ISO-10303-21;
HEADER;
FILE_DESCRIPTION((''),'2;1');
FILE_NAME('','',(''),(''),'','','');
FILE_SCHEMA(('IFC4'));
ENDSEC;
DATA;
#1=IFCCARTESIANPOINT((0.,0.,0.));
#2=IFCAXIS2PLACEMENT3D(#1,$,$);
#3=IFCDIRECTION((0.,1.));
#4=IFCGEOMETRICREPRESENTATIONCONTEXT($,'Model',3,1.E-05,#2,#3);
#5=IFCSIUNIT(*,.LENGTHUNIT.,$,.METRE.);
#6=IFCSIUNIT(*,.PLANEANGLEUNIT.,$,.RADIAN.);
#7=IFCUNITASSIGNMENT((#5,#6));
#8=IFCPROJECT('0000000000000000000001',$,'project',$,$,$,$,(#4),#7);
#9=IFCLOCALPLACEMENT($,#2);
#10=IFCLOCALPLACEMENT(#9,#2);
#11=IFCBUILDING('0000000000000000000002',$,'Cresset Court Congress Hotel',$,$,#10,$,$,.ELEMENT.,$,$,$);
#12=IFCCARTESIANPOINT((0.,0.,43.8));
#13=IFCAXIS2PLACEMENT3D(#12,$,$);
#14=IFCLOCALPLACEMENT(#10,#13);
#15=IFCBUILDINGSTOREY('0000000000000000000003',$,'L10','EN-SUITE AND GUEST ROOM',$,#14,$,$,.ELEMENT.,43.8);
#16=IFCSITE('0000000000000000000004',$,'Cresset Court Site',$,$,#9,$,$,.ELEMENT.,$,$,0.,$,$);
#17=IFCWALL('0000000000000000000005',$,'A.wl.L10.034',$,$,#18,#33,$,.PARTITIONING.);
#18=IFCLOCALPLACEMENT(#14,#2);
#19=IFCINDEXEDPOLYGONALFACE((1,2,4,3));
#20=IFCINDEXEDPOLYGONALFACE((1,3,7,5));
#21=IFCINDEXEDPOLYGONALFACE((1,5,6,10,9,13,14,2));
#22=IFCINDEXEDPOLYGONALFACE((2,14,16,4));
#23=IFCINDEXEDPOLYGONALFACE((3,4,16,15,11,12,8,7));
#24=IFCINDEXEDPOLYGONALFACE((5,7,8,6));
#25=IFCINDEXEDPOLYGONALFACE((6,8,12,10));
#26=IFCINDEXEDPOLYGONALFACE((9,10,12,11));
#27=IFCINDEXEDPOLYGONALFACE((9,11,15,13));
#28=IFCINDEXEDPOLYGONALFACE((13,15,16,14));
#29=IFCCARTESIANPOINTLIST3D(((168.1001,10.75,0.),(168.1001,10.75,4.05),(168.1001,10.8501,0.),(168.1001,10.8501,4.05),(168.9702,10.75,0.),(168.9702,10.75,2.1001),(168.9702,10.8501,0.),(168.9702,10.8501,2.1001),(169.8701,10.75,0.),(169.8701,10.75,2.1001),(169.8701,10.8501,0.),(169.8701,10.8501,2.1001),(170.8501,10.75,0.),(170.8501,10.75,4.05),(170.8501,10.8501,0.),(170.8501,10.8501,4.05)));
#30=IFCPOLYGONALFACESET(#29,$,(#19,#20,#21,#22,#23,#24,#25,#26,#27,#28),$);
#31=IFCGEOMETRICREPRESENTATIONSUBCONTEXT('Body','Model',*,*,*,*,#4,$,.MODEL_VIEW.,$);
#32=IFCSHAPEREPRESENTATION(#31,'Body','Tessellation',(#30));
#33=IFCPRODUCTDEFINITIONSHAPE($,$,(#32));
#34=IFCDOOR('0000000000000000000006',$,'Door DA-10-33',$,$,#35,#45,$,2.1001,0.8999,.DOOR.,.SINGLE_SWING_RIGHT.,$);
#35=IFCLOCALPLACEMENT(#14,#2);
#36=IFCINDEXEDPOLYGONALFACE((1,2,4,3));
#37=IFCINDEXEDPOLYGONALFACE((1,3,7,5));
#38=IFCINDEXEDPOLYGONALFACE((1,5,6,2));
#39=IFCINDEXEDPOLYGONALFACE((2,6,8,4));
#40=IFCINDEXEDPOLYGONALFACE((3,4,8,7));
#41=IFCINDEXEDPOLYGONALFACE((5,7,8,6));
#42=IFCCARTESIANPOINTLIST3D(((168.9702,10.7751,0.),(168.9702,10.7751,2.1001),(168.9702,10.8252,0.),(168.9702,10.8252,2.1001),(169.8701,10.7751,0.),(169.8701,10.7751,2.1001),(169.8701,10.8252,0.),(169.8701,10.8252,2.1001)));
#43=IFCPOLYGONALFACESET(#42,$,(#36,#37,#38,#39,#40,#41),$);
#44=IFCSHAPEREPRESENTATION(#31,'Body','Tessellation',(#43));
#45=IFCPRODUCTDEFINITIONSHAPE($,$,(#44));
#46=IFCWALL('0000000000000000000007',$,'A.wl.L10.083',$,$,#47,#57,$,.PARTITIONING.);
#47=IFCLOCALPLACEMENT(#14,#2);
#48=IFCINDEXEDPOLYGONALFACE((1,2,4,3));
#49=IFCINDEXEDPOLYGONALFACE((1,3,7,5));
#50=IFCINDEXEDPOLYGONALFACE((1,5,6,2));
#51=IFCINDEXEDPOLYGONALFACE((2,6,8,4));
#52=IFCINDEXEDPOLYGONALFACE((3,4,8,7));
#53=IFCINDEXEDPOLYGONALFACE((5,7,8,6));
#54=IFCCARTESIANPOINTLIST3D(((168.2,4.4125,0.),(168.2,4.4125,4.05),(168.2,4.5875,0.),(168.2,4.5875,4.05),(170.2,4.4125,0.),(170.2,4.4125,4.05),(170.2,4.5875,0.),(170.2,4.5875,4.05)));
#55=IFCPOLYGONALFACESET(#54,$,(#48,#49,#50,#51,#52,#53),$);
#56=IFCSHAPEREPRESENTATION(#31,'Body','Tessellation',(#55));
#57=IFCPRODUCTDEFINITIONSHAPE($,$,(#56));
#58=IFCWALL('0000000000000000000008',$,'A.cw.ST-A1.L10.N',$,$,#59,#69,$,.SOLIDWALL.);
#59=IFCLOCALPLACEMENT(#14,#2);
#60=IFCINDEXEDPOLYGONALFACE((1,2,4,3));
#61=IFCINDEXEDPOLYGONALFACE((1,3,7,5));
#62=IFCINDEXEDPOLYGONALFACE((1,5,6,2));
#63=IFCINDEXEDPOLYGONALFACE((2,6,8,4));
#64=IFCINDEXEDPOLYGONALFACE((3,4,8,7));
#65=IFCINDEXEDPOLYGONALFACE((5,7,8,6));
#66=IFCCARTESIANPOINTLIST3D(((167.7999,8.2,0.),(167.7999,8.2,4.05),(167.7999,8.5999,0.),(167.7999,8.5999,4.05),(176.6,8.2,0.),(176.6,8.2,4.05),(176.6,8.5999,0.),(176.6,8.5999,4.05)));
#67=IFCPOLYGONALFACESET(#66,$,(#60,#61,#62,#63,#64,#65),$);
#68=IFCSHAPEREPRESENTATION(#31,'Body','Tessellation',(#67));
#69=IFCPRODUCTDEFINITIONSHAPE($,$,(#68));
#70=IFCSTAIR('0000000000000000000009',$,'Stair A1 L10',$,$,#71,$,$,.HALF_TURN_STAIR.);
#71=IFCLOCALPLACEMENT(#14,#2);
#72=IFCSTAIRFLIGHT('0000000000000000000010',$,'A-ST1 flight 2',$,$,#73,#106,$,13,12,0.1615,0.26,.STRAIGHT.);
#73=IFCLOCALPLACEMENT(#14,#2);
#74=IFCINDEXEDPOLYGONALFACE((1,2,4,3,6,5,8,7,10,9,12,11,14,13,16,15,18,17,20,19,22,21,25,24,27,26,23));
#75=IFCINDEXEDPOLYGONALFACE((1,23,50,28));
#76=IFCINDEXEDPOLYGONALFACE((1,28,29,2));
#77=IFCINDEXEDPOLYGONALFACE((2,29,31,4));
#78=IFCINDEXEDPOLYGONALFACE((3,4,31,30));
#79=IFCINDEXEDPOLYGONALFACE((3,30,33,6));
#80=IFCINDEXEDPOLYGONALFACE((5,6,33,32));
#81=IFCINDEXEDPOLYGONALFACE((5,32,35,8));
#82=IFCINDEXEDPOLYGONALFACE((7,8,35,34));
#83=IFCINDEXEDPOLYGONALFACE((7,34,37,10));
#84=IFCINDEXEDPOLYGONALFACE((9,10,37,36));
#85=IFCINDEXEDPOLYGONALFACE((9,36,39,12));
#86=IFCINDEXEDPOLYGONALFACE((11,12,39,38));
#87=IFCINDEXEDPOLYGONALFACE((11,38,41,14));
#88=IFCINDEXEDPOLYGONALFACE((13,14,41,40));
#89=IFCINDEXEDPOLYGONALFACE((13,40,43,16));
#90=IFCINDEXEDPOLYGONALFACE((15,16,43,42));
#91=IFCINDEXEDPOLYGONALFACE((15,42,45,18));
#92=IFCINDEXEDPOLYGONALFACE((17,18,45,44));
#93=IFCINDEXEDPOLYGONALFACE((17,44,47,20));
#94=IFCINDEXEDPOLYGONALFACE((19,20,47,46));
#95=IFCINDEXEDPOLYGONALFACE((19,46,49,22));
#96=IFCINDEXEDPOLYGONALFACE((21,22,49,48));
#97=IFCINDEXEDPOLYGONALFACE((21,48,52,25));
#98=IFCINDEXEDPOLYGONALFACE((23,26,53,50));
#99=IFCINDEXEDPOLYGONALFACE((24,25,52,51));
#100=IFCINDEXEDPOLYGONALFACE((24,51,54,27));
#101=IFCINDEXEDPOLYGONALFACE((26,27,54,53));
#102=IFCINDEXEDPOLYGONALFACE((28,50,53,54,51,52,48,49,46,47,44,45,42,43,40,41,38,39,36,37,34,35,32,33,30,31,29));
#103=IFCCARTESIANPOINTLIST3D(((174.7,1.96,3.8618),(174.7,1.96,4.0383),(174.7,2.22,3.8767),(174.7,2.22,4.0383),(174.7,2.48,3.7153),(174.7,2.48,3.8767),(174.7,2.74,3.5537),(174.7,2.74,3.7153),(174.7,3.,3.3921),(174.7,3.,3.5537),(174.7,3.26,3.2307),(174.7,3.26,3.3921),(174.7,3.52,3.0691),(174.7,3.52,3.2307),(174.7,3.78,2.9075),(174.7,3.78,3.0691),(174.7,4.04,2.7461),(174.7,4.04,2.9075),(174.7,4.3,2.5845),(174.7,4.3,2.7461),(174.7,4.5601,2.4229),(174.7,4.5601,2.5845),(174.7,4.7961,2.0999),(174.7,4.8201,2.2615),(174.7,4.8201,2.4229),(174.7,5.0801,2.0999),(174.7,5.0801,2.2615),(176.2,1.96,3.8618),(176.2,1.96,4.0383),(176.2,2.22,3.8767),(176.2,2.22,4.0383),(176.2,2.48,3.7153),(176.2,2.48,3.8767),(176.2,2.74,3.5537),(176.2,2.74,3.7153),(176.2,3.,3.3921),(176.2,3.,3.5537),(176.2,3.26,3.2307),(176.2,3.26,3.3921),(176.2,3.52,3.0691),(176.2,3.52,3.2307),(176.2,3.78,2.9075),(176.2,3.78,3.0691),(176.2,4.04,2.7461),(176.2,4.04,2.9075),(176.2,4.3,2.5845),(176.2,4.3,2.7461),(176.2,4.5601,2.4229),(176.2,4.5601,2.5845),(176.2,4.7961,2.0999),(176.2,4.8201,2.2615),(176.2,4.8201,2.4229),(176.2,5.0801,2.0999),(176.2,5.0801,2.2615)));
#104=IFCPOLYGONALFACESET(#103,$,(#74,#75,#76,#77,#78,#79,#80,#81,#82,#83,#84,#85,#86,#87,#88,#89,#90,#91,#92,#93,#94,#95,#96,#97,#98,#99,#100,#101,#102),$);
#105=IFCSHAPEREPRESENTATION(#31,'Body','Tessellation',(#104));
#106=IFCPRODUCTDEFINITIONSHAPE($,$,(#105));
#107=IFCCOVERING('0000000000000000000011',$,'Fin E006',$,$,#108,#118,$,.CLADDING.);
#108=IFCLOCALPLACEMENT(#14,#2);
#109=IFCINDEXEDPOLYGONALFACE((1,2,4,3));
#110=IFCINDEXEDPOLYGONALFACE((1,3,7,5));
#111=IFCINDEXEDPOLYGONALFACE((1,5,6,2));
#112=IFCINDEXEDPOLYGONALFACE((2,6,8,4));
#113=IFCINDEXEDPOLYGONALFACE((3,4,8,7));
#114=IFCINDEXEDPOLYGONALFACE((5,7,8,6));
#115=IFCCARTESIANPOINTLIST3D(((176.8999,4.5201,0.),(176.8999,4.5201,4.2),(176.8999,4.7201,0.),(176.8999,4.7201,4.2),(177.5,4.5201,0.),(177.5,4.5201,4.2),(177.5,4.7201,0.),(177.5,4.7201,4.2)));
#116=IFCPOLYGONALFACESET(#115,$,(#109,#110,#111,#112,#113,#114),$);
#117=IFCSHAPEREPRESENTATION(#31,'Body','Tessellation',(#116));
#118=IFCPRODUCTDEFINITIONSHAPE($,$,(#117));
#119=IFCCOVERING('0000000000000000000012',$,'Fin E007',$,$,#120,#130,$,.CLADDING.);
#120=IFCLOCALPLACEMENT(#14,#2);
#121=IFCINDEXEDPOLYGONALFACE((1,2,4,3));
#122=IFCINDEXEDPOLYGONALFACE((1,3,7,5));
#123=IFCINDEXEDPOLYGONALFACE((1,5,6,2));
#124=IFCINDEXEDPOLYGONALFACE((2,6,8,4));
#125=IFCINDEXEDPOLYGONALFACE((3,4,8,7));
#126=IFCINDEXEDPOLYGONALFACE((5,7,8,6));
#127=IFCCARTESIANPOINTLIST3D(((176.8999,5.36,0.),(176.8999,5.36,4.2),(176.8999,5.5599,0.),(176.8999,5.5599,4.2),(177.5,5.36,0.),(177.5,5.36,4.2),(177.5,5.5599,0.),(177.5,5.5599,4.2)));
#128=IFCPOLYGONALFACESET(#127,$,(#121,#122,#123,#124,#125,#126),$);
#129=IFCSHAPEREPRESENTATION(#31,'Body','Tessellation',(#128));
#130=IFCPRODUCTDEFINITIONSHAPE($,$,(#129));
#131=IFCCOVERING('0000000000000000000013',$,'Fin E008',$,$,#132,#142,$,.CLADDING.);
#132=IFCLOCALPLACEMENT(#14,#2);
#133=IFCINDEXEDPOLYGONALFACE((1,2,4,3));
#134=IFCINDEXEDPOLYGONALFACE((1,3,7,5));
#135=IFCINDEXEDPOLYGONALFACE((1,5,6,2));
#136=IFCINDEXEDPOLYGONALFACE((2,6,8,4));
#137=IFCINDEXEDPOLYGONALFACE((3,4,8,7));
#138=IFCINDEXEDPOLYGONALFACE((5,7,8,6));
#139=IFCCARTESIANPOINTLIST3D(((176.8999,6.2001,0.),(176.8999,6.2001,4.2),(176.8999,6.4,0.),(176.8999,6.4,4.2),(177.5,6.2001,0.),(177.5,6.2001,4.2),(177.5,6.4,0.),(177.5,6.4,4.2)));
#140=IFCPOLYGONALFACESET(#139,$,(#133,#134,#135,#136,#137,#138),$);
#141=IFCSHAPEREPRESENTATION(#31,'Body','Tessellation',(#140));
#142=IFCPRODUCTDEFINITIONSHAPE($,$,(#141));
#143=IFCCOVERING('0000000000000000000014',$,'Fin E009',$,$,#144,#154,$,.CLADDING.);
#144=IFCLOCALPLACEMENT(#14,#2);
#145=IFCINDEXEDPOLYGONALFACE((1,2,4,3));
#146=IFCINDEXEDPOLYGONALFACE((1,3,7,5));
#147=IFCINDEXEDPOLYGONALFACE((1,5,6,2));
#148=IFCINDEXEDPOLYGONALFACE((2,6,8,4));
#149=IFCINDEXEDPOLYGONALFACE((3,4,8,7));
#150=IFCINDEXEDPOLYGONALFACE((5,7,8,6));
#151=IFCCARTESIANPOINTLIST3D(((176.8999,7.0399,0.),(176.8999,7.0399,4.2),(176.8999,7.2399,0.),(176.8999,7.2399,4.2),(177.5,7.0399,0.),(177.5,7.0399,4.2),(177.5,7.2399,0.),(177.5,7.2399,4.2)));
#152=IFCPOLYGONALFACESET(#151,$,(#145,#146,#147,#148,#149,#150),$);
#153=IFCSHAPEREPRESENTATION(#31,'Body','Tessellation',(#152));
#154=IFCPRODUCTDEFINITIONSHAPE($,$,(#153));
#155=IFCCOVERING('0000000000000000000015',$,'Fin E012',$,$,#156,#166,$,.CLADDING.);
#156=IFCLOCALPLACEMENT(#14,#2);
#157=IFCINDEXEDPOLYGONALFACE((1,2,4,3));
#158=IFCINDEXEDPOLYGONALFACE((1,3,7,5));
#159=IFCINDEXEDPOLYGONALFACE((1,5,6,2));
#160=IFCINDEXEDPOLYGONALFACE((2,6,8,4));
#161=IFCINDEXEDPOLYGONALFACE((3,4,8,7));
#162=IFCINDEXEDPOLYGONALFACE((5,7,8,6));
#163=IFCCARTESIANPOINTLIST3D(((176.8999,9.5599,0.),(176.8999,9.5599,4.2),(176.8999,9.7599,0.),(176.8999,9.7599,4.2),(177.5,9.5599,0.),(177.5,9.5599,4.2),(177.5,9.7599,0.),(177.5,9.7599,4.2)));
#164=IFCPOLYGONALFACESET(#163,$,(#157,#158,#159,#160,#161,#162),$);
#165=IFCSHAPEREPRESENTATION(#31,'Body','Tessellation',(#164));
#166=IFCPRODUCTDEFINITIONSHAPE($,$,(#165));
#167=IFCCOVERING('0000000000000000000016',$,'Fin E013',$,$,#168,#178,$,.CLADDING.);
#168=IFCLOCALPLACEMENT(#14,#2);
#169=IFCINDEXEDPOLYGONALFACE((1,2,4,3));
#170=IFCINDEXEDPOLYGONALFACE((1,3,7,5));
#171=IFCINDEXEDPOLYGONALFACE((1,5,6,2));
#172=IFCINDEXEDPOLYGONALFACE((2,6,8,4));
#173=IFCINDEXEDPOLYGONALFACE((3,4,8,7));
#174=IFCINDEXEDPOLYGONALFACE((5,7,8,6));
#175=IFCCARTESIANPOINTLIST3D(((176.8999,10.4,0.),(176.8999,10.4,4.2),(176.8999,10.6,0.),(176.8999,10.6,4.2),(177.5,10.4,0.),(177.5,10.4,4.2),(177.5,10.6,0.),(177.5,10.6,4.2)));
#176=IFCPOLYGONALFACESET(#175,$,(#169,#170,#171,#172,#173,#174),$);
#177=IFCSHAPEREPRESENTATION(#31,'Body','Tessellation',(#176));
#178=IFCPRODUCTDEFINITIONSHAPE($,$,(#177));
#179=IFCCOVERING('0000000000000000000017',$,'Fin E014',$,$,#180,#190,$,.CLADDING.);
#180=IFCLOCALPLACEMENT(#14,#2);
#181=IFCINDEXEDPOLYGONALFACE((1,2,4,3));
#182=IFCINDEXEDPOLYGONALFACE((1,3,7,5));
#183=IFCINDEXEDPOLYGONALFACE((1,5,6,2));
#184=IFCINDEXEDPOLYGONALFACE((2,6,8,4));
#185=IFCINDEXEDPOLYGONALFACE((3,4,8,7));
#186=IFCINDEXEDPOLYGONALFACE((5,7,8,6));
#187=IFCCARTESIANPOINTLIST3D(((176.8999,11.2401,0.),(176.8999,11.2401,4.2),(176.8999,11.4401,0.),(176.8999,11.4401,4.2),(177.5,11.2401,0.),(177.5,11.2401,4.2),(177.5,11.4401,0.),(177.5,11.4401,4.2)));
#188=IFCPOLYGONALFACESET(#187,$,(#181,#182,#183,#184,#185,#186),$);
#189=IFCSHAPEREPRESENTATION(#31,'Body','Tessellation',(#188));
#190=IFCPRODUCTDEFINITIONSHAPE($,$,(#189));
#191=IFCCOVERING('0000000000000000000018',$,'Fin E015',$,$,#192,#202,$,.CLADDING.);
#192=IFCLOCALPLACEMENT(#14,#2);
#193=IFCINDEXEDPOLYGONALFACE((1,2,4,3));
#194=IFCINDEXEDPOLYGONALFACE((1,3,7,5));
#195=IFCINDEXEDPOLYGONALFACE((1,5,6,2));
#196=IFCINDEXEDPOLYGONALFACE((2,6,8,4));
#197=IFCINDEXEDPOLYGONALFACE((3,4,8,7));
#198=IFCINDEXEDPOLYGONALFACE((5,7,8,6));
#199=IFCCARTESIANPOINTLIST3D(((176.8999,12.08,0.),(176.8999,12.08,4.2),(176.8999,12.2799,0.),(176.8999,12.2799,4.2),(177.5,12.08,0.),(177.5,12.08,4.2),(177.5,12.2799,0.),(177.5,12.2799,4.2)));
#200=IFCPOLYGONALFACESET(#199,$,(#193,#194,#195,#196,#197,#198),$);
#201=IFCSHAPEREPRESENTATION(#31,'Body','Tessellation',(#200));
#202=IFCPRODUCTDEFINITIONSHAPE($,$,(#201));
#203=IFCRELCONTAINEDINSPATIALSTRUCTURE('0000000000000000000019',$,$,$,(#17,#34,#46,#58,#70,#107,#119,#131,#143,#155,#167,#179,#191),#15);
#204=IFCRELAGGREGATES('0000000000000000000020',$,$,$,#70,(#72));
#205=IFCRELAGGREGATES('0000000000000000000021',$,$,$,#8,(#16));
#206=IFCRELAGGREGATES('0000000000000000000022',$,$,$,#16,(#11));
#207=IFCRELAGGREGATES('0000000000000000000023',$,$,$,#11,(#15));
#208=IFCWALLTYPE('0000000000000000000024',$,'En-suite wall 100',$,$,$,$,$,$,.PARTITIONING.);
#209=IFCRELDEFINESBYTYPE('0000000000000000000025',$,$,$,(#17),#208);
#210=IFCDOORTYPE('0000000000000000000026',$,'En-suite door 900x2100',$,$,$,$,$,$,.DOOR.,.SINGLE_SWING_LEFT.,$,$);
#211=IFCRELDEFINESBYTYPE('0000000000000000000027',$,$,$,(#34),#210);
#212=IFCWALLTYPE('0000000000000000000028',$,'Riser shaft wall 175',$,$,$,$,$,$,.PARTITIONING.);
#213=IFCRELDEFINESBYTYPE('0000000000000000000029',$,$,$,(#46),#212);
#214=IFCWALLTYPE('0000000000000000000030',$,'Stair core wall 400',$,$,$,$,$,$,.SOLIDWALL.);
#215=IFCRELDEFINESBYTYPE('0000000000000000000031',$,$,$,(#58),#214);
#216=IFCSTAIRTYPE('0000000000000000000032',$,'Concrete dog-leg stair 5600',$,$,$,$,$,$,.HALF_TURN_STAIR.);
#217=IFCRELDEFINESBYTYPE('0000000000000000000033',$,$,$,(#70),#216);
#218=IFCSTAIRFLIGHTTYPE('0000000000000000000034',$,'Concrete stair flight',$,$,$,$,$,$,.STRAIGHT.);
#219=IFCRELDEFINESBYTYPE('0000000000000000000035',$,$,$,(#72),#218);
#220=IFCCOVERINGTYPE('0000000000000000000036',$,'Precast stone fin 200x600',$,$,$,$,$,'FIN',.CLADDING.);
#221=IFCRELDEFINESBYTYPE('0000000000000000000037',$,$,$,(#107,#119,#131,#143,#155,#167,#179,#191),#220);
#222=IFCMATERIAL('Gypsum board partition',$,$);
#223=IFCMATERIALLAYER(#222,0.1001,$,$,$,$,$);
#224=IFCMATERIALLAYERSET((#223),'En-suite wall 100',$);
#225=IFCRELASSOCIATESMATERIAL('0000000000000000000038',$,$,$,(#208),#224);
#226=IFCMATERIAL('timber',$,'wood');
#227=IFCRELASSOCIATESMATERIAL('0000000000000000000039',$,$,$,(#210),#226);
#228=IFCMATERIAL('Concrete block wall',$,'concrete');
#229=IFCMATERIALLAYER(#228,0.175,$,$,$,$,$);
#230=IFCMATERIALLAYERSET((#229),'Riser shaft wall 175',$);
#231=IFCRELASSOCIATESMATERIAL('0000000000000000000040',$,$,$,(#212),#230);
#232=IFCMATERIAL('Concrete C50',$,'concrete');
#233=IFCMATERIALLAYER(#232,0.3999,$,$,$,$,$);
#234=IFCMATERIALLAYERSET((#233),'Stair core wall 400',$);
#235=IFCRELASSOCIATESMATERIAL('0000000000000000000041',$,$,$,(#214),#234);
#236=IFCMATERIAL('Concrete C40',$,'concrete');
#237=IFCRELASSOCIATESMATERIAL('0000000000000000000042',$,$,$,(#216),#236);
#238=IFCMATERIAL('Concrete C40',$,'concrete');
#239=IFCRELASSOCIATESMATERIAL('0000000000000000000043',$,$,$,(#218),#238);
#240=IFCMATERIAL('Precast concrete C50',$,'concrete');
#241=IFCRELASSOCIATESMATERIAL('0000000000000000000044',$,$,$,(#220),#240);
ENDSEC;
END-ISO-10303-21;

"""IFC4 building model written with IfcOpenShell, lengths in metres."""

from ifc_helpers import new_model, si_unit, direction, frame, frame_2d, origin, origin_2d, place, context, subcontext, project, spatial, polyline, rectangle, outline, extrude, material, layer, layer_set, type_object, element, fill, aggregate, save


model = new_model("IFC4")

# Units and contexts
model_context = context("Model", 3, precision=1e-05, world=origin(), true_north=direction((0.0, 1.0)))
body_context = subcontext(model_context, "Body", "Model", "MODEL_VIEW")
ifc_project = project(units=[si_unit("LENGTHUNIT", "METRE"), si_unit("PLANEANGLEUNIT", "RADIAN")], contexts=[model_context])

# Site, building, storey
site_placement = place(None, origin())
site = spatial("IfcSite", under=ifc_project, at=site_placement, Name="Cresset Court Site", CompositionType="ELEMENT", RefElevation=0.0)
building_placement = place(site_placement, origin())
building = spatial("IfcBuilding", under=site, at=building_placement, Name="Cresset Court Congress Hotel", CompositionType="ELEMENT")
storey_placement = place(building_placement, frame((0.0, 0.0, 43.8)))
storey = spatial("IfcBuildingStorey", under=building, at=storey_placement, Name="L10", Description="EN-SUITE AND GUEST ROOM", CompositionType="ELEMENT", Elevation=43.8)

# Shared definitions
ifc_material_1 = material(Name="Gypsum board partition")
ifc_layer_1 = layer(ifc_material_1, 0.1001)
ifc_layer_set_1 = layer_set([ifc_layer_1], Name="En-suite wall 100")
wall_type_1 = type_object("IfcWallType", Name="En-suite wall 100", PredefinedType="PARTITIONING", material=ifc_layer_set_1)

# Wall, opening, door
wall_1_placement = place(storey_placement, frame((170.8501, 10.8, 0.0), z_axis=(0.0, 0.0, 1.0), x_axis=(-1.0, 0.0, 0.0)))
wall_1 = element("IfcWall", 1, at=wall_1_placement, inside=storey, type_object=wall_type_1, Name="A.wl.L10.034", PredefinedType="PARTITIONING", context=body_context, shape_type="SweptSolid", body=[
    extrude(rectangle(XDim=2.75, YDim=0.1001, at=frame_2d((1.375, 0.0))), origin(), (0.0, 0.0, 1.0), 4.05),
])
opening_1_placement = place(wall_1_placement, frame((0.98, 0.0, 0.0)))
opening_1 = element("IfcOpeningElement", 2, at=opening_1_placement, cuts=wall_1, PredefinedType="OPENING", context=body_context, shape_type="SweptSolid", body=[
    extrude(rectangle(XDim=0.8999, YDim=2.1001, at=frame_2d((0.45, 1.05))), frame((0.0, 0.0601, 0.0), z_axis=(0.0, -1.0, 0.0), x_axis=(1.0, 0.0, 0.0)), (0.0, 0.0, 1.0), 0.1201),
])
ifc_material_2 = material(Name="timber", Category="wood")
door_type_1 = type_object("IfcDoorType", Name="En-suite door 900x2100", OperationType="SINGLE_SWING_LEFT", PredefinedType="DOOR", material=ifc_material_2)
door_1_placement = place(opening_1_placement, origin())
door_1 = element("IfcDoor", 3, at=door_1_placement, inside=storey, type_object=door_type_1, Name="Door DA-10-33", OperationType="SINGLE_SWING_RIGHT", OverallHeight=2.1001, OverallWidth=0.8999, PredefinedType="DOOR", context=body_context, shape_type="SweptSolid", body=[
    extrude(rectangle(XDim=0.8999, YDim=2.1001, at=frame_2d((0.45, 1.05))), frame((0.0, 0.0249, 0.0), z_axis=(0.0, -1.0, 0.0), x_axis=(1.0, 0.0, 0.0)), (0.0, 0.0, 1.0), 0.05),
])
fill(opening_1, door_1)

# Walls
ifc_material_3 = material(Name="Concrete block wall", Category="concrete")
ifc_layer_2 = layer(ifc_material_3, 0.175)
ifc_layer_set_2 = layer_set([ifc_layer_2], Name="Riser shaft wall 175")
wall_type_2 = type_object("IfcWallType", Name="Riser shaft wall 175", PredefinedType="PARTITIONING", material=ifc_layer_set_2)
wall_2_placement = place(storey_placement, frame((168.2, 4.5, 0.0), z_axis=(0.0, 0.0, 1.0), x_axis=(1.0, 0.0, 0.0)))
element("IfcWall", 4, at=wall_2_placement, inside=storey, type_object=wall_type_2, Name="A.wl.L10.083", PredefinedType="PARTITIONING", context=body_context, shape_type="SweptSolid", body=[
    extrude(rectangle(XDim=2.0, YDim=0.175, at=frame_2d((1.0, 0.0))), origin(), (0.0, 0.0, 1.0), 4.05),
])
ifc_material_4 = material(Name="Concrete C50", Category="concrete")
ifc_layer_3 = layer(ifc_material_4, 0.3999)
ifc_layer_set_3 = layer_set([ifc_layer_3], Name="Stair core wall 400")
wall_type_3 = type_object("IfcWallType", Name="Stair core wall 400", PredefinedType="SOLIDWALL", material=ifc_layer_set_3)
wall_3_placement = place(storey_placement, frame((167.8, 8.3999, 0.0), z_axis=(0.0, 0.0, 1.0), x_axis=(1.0, 0.0, 0.0)))
element("IfcWall", 5, at=wall_3_placement, inside=storey, type_object=wall_type_3, Name="A.cw.ST-A1.L10.N", PredefinedType="SOLIDWALL", context=body_context, shape_type="SweptSolid", body=[
    extrude(rectangle(XDim=8.8, YDim=0.3999, at=frame_2d((4.3999, 0.0))), origin(), (0.0, 0.0, 1.0), 4.05),
])

# Stair, stair flight
ifc_material_5 = material(Name="Concrete C40", Category="concrete")
stair_type = type_object("IfcStairType", Name="Concrete dog-leg stair 5600", PredefinedType="HALF_TURN_STAIR", material=ifc_material_5)
stair_placement = place(storey_placement, origin())
stair = element("IfcStair", 6, at=stair_placement, inside=storey, type_object=stair_type, Name="Stair A1 L10", PredefinedType="HALF_TURN_STAIR")
ifc_material_6 = material(Name="Concrete C40", Category="concrete")
stair_flight_type = type_object("IfcStairFlightType", Name="Concrete stair flight", PredefinedType="STRAIGHT", material=ifc_material_6)
stair_flight_placement = place(storey_placement, frame((175.45, 5.0801, 2.0999), z_axis=(0.0, 0.0, 1.0), x_axis=(0.0, -1.0, 0.0)))
stair_flight = element("IfcStairFlight", 7, at=stair_flight_placement, type_object=stair_flight_type, Name="A-ST1 flight 2", NumberOfRisers=13, NumberOfTreads=12, PredefinedType="STRAIGHT", RiserHeight=0.1615, TreadLength=0.26, context=body_context, shape_type="SweptSolid", body=[
    extrude(outline(polyline([(0.0, 0.0), (0.0, 0.1616), (0.26, 0.1616), (0.26, 0.323), (0.52, 0.323), (0.52, 0.4846), (0.78, 0.4846), (0.78, 0.6462), (1.04, 0.6462), (1.04, 0.8076), (1.3, 0.8076), (1.3, 0.9692), (1.5601, 0.9692), (1.5601, 1.1309), (1.8201, 1.1309), (1.8201, 1.2922), (2.0801, 1.2922), (2.0801, 1.4539), (2.3401, 1.4539), (2.3401, 1.6155), (2.6001, 1.6155), (2.6001, 1.7769), (2.8601, 1.7769), (2.8601, 1.9385), (3.1201, 1.9385), (3.1201, 2.1001), (3.1201, 1.762), (0.2839, 0.0), (0.0, 0.0)])), frame((0.0, 0.75, 0.0), z_axis=(0.0, -1.0, 0.0), x_axis=(1.0, 0.0, 0.0)), (0.0, 0.0, 1.0), 1.5),
])
aggregate(stair, [stair_flight])

# Coverings
ifc_material_7 = material(Name="Precast concrete C50", Category="concrete")
covering_type_1 = type_object("IfcCoveringType", Name="Precast stone fin 200x600", ElementType="FIN", PredefinedType="CLADDING", material=ifc_material_7)
for number, where, z_axis, x_axis, name in (
    (8, (177.2, 4.6201, 0.0), (0.0, 0.0, 1.0), (1.0, 0.0, 0.0), "Fin E006"),
    (9, (177.2, 5.46, 0.0), (0.0, 0.0, 1.0), (1.0, 0.0, 0.0), "Fin E007"),
    (10, (177.2, 6.3, 0.0), (0.0, 0.0, 1.0), (1.0, 0.0, 0.0), "Fin E008"),
    (11, (177.2, 7.1399, 0.0), (0.0, 0.0, 1.0), (1.0, 0.0, 0.0), "Fin E009"),
    (12, (177.2, 9.6599, 0.0), (0.0, 0.0, 1.0), (1.0, 0.0, 0.0), "Fin E012"),
    (13, (177.2, 10.5, 0.0), (0.0, 0.0, 1.0), (1.0, 0.0, 0.0), "Fin E013"),
    (14, (177.2, 11.3401, 0.0), (0.0, 0.0, 1.0), (1.0, 0.0, 0.0), "Fin E014"),
    (15, (177.2, 12.1799, 0.0), (0.0, 0.0, 1.0), (1.0, 0.0, 0.0), "Fin E015"),
):
    element("IfcCovering", number, at=place(storey_placement, frame(where, z_axis=z_axis, x_axis=x_axis)), inside=storey, type_object=covering_type_1, Name=name, PredefinedType="CLADDING", context=body_context, shape_type="SweptSolid", body=[
        extrude(rectangle(XDim=0.6001, YDim=0.2, at=origin_2d()), origin(), (0.0, 0.0, 1.0), 4.2),
    ])

save(model, "model.ifc")
